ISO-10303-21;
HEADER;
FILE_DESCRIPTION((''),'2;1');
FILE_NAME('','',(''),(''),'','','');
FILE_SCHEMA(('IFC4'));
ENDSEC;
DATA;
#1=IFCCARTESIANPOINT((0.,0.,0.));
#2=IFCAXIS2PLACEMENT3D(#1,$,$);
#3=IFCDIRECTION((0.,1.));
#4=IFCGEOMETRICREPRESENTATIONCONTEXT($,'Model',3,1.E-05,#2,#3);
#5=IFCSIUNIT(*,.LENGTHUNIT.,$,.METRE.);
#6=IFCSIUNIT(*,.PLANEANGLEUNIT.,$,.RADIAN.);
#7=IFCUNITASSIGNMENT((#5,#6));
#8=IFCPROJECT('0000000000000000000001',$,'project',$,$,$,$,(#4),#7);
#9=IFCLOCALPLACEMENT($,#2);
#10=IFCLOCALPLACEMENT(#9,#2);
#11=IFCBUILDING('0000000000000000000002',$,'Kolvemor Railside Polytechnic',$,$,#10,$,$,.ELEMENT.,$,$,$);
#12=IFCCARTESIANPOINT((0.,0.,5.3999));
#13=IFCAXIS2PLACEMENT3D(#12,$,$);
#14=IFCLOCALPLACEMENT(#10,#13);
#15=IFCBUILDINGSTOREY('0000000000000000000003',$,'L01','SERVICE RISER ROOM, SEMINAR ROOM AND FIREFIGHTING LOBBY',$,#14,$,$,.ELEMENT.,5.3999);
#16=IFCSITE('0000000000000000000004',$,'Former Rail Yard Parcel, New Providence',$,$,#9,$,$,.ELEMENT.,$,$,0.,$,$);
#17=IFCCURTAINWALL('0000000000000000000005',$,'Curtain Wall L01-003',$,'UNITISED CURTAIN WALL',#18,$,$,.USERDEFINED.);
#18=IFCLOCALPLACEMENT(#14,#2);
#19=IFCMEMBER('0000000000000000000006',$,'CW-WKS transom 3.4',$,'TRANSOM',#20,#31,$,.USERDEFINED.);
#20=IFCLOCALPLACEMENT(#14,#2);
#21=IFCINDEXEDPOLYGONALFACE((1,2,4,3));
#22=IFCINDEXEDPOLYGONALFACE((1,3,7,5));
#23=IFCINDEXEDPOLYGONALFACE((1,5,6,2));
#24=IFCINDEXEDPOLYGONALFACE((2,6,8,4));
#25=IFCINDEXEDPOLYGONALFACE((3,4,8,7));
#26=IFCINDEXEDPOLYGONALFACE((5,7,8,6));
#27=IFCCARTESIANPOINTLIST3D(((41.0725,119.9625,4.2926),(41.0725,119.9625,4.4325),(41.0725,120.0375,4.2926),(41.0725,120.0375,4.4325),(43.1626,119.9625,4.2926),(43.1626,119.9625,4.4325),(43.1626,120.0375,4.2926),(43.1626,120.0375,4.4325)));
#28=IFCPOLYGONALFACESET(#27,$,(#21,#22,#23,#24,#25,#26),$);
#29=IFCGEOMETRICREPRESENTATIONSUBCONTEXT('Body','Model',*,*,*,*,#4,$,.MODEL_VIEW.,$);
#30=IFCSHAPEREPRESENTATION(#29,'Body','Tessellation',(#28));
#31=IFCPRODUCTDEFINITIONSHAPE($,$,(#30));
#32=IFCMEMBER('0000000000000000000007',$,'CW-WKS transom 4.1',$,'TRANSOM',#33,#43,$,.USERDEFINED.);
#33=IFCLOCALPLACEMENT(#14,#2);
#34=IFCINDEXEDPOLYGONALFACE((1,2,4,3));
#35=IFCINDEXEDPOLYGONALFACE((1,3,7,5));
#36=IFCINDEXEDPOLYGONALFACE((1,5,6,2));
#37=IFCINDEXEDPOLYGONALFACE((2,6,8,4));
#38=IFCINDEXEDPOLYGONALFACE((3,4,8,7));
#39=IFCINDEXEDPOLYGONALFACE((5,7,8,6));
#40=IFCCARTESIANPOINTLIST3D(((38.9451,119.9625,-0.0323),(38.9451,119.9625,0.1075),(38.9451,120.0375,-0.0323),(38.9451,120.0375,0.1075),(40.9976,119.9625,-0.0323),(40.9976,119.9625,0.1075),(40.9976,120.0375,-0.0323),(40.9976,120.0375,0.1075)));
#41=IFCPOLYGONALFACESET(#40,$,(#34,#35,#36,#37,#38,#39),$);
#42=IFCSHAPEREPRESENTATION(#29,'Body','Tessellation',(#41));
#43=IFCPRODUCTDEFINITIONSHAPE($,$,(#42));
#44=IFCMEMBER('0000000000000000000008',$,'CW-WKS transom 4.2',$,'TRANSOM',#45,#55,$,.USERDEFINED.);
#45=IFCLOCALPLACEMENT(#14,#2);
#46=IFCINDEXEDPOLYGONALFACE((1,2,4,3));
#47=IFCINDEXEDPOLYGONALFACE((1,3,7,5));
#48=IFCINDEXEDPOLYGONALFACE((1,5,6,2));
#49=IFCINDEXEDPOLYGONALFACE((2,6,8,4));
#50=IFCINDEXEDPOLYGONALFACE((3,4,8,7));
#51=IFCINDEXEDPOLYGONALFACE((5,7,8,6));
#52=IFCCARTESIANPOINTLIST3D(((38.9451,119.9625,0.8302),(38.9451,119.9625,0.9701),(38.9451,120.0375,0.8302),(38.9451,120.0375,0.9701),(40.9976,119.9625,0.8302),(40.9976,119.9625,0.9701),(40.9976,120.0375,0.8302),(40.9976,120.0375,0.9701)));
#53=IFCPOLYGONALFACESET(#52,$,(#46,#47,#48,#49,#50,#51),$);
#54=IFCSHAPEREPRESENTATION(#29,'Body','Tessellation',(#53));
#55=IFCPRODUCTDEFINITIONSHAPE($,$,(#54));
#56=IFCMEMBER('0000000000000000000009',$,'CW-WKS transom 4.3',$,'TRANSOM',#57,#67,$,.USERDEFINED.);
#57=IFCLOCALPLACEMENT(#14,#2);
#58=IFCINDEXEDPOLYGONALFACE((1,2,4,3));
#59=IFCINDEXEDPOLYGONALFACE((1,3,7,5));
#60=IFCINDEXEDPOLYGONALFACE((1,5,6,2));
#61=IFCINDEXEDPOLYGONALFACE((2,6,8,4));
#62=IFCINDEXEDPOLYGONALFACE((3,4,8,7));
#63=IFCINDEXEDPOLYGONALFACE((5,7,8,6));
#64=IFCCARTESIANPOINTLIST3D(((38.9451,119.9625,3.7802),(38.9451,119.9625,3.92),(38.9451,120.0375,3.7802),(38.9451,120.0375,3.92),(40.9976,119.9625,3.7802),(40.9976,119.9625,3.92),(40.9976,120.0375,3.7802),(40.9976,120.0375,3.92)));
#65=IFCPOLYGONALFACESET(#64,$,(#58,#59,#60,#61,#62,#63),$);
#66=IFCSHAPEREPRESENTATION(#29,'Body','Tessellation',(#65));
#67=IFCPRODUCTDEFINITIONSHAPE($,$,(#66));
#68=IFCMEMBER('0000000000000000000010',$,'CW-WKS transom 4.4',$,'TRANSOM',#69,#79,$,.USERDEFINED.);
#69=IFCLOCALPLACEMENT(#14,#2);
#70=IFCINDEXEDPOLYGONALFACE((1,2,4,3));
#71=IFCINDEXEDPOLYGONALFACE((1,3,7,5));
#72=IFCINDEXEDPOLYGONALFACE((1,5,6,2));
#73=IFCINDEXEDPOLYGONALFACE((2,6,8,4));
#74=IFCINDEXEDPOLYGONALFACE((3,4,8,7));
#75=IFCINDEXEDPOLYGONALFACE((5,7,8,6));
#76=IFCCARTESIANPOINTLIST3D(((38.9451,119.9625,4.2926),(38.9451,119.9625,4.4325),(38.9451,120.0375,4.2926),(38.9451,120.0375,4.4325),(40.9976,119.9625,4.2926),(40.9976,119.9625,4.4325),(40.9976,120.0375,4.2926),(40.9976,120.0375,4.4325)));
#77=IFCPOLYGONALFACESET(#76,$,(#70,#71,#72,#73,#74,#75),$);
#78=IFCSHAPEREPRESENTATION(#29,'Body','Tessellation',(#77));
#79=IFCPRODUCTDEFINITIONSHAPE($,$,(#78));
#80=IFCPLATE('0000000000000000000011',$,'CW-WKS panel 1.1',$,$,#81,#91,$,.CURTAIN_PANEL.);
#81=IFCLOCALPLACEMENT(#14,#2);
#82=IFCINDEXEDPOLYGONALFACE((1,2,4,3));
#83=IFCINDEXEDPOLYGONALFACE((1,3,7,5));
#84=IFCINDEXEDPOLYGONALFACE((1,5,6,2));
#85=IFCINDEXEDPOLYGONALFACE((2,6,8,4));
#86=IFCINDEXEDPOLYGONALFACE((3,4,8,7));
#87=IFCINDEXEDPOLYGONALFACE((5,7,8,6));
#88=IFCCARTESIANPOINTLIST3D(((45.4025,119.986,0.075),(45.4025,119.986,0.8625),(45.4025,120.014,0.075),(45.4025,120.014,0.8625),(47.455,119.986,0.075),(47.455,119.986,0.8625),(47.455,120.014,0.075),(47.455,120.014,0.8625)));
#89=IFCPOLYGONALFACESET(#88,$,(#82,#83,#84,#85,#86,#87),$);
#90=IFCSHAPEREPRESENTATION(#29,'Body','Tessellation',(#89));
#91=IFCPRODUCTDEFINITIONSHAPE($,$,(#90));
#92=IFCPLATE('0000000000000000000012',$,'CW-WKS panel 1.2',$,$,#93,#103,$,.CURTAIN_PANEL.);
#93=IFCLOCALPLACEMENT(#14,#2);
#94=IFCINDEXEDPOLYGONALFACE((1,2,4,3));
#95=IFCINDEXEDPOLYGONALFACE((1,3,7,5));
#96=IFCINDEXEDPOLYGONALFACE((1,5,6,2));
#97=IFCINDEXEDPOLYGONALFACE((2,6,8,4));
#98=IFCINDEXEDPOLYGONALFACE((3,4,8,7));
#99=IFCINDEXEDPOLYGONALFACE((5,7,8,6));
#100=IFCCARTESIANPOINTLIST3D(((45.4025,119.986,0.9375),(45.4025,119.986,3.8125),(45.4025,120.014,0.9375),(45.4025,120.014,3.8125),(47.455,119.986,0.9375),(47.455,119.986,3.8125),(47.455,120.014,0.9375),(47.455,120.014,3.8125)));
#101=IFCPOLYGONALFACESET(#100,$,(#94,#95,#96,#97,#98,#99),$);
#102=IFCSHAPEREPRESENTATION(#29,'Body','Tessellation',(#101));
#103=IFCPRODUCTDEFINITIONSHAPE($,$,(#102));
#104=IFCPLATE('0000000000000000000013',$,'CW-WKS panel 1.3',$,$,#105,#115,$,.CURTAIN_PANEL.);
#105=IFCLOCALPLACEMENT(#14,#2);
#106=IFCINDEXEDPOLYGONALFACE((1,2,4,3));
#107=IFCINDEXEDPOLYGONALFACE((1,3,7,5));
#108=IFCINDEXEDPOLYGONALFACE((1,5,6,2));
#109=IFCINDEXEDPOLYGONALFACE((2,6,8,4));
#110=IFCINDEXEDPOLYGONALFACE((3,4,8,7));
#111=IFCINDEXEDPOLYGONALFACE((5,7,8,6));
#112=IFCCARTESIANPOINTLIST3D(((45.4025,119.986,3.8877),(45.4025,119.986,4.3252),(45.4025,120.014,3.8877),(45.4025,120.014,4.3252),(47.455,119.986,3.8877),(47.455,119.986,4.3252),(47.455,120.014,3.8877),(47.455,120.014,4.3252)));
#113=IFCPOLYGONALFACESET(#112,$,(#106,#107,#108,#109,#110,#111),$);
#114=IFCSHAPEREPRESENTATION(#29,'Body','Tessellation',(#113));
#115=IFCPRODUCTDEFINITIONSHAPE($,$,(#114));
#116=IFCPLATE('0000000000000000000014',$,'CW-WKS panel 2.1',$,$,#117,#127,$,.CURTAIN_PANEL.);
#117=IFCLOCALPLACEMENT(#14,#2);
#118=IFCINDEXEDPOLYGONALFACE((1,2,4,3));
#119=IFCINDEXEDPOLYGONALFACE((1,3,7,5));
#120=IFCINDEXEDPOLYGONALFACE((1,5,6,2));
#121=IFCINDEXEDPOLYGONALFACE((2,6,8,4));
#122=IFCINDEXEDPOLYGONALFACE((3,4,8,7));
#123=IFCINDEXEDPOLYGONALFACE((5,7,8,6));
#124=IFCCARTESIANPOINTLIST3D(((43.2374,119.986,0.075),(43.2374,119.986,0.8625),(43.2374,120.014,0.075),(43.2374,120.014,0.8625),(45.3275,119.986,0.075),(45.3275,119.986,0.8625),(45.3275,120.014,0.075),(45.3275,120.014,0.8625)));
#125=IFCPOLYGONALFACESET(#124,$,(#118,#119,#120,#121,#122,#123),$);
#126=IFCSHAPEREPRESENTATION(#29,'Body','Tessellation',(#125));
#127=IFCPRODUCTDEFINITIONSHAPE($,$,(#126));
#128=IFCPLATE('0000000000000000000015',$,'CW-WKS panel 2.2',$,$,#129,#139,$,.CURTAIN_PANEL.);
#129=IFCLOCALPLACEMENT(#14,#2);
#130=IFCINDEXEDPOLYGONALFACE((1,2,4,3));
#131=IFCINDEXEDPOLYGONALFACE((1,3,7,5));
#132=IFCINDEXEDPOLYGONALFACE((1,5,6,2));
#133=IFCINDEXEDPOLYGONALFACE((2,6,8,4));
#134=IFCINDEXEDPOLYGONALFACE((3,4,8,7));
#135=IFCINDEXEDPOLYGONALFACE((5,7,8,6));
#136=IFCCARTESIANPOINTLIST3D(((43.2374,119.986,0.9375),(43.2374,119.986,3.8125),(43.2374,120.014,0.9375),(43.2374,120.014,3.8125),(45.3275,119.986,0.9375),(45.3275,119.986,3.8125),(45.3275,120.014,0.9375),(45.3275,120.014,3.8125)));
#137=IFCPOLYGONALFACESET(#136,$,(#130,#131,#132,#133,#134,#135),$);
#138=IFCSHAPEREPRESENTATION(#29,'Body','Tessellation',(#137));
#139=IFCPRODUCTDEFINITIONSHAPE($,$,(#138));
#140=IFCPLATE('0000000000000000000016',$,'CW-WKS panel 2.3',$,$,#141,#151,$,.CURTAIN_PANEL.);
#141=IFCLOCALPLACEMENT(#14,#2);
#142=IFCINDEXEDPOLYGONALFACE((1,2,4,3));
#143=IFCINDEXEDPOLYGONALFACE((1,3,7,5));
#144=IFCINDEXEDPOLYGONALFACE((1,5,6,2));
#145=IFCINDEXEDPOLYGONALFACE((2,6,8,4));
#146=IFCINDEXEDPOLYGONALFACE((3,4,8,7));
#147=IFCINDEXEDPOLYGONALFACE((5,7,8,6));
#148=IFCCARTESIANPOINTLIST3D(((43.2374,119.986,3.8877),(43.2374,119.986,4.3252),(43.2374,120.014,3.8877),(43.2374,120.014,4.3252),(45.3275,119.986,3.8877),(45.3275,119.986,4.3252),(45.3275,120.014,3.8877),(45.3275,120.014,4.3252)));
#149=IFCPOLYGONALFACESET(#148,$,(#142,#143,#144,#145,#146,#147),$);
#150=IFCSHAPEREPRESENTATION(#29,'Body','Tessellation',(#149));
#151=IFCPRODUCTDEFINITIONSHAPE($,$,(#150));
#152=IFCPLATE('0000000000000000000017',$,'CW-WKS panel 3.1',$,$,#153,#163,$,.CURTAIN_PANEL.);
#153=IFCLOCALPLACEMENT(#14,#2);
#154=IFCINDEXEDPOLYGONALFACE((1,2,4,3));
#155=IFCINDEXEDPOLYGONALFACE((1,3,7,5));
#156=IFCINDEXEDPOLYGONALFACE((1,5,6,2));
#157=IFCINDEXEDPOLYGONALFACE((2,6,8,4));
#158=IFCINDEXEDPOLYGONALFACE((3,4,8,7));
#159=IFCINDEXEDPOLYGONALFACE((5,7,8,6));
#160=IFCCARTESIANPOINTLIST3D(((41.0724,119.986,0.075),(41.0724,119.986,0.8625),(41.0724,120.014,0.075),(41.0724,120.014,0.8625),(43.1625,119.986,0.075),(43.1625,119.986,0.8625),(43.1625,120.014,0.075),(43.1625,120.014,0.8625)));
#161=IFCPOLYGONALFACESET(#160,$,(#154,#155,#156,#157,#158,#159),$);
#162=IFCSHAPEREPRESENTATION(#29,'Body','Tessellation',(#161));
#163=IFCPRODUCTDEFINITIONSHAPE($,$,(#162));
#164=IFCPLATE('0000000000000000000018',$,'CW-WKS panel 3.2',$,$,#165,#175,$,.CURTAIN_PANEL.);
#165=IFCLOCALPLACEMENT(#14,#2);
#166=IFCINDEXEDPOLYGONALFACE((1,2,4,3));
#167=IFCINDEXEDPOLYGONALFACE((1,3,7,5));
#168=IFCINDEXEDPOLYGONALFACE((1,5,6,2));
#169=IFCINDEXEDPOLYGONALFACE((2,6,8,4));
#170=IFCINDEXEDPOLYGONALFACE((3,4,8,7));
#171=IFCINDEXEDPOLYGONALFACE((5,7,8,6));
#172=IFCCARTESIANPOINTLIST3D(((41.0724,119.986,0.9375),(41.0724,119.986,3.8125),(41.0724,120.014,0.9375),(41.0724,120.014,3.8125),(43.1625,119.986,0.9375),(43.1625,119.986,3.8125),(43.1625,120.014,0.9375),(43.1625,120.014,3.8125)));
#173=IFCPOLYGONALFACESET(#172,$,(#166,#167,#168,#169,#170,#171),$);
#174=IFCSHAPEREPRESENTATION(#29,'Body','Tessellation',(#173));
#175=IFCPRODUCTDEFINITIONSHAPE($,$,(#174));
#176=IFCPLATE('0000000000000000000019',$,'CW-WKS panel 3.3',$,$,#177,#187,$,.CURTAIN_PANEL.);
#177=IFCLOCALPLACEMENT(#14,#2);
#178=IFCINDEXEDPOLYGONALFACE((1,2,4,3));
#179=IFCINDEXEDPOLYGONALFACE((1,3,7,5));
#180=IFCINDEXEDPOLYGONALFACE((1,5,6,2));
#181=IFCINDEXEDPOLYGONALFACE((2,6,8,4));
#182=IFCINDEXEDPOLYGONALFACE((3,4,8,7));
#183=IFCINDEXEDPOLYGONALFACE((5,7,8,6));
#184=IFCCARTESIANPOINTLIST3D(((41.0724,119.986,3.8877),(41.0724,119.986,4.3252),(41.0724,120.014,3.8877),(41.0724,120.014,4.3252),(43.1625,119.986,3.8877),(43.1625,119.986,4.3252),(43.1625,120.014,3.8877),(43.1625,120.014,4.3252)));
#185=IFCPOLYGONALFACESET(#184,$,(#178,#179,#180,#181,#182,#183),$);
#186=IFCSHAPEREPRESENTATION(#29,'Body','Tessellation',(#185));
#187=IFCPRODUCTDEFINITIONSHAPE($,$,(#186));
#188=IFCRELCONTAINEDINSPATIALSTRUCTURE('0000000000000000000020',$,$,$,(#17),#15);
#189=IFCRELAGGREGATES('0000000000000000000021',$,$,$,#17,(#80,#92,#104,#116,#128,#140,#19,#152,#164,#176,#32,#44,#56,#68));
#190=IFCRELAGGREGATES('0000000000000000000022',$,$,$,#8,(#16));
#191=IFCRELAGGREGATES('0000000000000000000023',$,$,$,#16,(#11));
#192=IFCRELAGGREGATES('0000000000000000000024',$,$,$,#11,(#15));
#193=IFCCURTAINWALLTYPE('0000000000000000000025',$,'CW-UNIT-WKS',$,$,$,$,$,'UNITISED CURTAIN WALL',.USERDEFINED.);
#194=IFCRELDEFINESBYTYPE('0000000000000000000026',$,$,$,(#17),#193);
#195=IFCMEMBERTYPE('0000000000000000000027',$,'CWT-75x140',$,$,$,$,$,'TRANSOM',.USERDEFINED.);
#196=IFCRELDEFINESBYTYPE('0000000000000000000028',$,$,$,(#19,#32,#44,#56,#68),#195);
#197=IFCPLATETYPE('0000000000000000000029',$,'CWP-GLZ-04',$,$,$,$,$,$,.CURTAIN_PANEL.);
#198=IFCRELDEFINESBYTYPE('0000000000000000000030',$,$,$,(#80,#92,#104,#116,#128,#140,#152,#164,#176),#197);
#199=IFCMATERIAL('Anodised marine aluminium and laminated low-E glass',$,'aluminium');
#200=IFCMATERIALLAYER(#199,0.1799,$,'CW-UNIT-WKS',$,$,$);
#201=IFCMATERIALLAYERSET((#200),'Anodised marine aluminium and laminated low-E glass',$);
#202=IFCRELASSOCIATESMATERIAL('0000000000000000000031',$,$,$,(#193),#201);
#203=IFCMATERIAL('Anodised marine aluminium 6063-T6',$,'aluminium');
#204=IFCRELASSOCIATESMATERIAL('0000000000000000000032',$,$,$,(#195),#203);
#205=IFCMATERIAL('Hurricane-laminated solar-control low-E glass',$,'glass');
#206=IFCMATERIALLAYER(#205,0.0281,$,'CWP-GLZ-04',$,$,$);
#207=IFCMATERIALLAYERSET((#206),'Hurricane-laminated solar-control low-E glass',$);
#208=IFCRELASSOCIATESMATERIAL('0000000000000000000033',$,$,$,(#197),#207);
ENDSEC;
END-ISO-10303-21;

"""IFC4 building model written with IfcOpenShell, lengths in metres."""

from ifc_helpers import new_model, si_unit, direction, frame, origin, origin_2d, place, context, subcontext, project, spatial, rectangle, extrude, material, layer, layer_set, material_profile, profile_set, type_object, element, aggregate, save


model = new_model("IFC4")

# Units and contexts
model_context = context("Model", 3, precision=1e-05, world=origin(), true_north=direction((0.0, 1.0)))
body_context = subcontext(model_context, "Body", "Model", "MODEL_VIEW")
ifc_project = project(units=[si_unit("LENGTHUNIT", "METRE"), si_unit("PLANEANGLEUNIT", "RADIAN")], contexts=[model_context])

# Site, building, storey
site_placement = place(None, origin())
site = spatial("IfcSite", under=ifc_project, at=site_placement, Name="Former Rail Yard Parcel, New Providence", CompositionType="ELEMENT", RefElevation=0.0)
building_placement = place(site_placement, origin())
building = spatial("IfcBuilding", under=site, at=building_placement, Name="Kolvemor Railside Polytechnic", CompositionType="ELEMENT")
storey_placement = place(building_placement, frame((0.0, 0.0, 5.3999)))
storey = spatial("IfcBuildingStorey", under=building, at=storey_placement, Name="L01", Description="SERVICE RISER ROOM, SEMINAR ROOM AND FIREFIGHTING LOBBY", CompositionType="ELEMENT", Elevation=5.3999)

# Curtain wall, members, plates
ifc_material_1 = material(Name="Anodised marine aluminium and laminated low-E glass", Category="aluminium")
ifc_layer_1 = layer(ifc_material_1, 0.1799, Name="CW-UNIT-WKS")
ifc_layer_set_1 = layer_set([ifc_layer_1], Name="Anodised marine aluminium and laminated low-E glass")
curtain_wall_type = type_object("IfcCurtainWallType", Name="CW-UNIT-WKS", ElementType="UNITISED CURTAIN WALL", PredefinedType="USERDEFINED", material=ifc_layer_set_1)
curtain_wall_placement = place(storey_placement, origin())
curtain_wall = element("IfcCurtainWall", 1, at=curtain_wall_placement, inside=storey, type_object=curtain_wall_type, Name="Curtain Wall L01-003", ObjectType="UNITISED CURTAIN WALL", PredefinedType="USERDEFINED")
ifc_material_2 = material(Name="Anodised marine aluminium 6063-T6", Category="aluminium")
ifc_material_profile_1 = material_profile(ifc_material_2, rectangle(XDim=0.075, YDim=0.1399, at=origin_2d()), Name="CW-TRN-75x140")
ifc_profile_set_1 = profile_set([ifc_material_profile_1], Name="Anodised marine aluminium 6063-T6")
member_type_1 = type_object("IfcMemberType", Name="CWT-75x140", ElementType="TRANSOM", PredefinedType="USERDEFINED", material=ifc_profile_set_1)
member_1_placement = place(storey_placement, frame((43.1626, 120.0, 4.3625), z_axis=(-1.0, 0.0, 0.0), x_axis=(0.0, -1.0, 0.0)))
member_1 = element("IfcMember", 2, at=member_1_placement, type_object=member_type_1, Name="CW-WKS transom 3.4", ObjectType="TRANSOM", PredefinedType="USERDEFINED", context=body_context, shape_type="SweptSolid", body=[
    extrude(rectangle(XDim=0.075, YDim=0.1399, at=origin_2d()), origin(), (0.0, 0.0, 1.0), 2.0901),
])
member_2_placement = place(storey_placement, frame((40.9976, 120.0, 0.0376), z_axis=(-1.0, 0.0, 0.0), x_axis=(0.0, -1.0, 0.0)))
member_2 = element("IfcMember", 3, at=member_2_placement, type_object=member_type_1, Name="CW-WKS transom 4.1", ObjectType="TRANSOM", PredefinedType="USERDEFINED", context=body_context, shape_type="SweptSolid", body=[
    extrude(rectangle(XDim=0.075, YDim=0.1399, at=origin_2d()), origin(), (0.0, 0.0, 1.0), 2.0525),
])
member_3_placement = place(storey_placement, frame((40.9976, 120.0, 0.9001), z_axis=(-1.0, 0.0, 0.0), x_axis=(0.0, -1.0, 0.0)))
member_3 = element("IfcMember", 4, at=member_3_placement, type_object=member_type_1, Name="CW-WKS transom 4.2", ObjectType="TRANSOM", PredefinedType="USERDEFINED", context=body_context, shape_type="SweptSolid", body=[
    extrude(rectangle(XDim=0.075, YDim=0.1399, at=origin_2d()), origin(), (0.0, 0.0, 1.0), 2.0525),
])
member_4_placement = place(storey_placement, frame((40.9976, 120.0, 3.8501), z_axis=(-1.0, 0.0, 0.0), x_axis=(0.0, -1.0, 0.0)))
member_4 = element("IfcMember", 5, at=member_4_placement, type_object=member_type_1, Name="CW-WKS transom 4.3", ObjectType="TRANSOM", PredefinedType="USERDEFINED", context=body_context, shape_type="SweptSolid", body=[
    extrude(rectangle(XDim=0.075, YDim=0.1399, at=origin_2d()), origin(), (0.0, 0.0, 1.0), 2.0525),
])
member_5_placement = place(storey_placement, frame((40.9976, 120.0, 4.3625), z_axis=(-1.0, 0.0, 0.0), x_axis=(0.0, -1.0, 0.0)))
member_5 = element("IfcMember", 6, at=member_5_placement, type_object=member_type_1, Name="CW-WKS transom 4.4", ObjectType="TRANSOM", PredefinedType="USERDEFINED", context=body_context, shape_type="SweptSolid", body=[
    extrude(rectangle(XDim=0.075, YDim=0.1399, at=origin_2d()), origin(), (0.0, 0.0, 1.0), 2.0525),
])
ifc_material_3 = material(Name="Hurricane-laminated solar-control low-E glass", Category="glass")
ifc_layer_2 = layer(ifc_material_3, 0.0281, Name="CWP-GLZ-04")
ifc_layer_set_2 = layer_set([ifc_layer_2], Name="Hurricane-laminated solar-control low-E glass")
plate_type = type_object("IfcPlateType", Name="CWP-GLZ-04", PredefinedType="CURTAIN_PANEL", material=ifc_layer_set_2)
plate_1_placement = place(storey_placement, frame((46.4287, 120.0, 0.075), z_axis=(0.0, 0.0, 1.0), x_axis=(-1.0, 0.0, 0.0)))
plate_1 = element("IfcPlate", 7, at=plate_1_placement, type_object=plate_type, Name="CW-WKS panel 1.1", PredefinedType="CURTAIN_PANEL", context=body_context, shape_type="SweptSolid", body=[
    extrude(rectangle(XDim=2.0525, YDim=0.0281, at=origin_2d()), origin(), (0.0, 0.0, 1.0), 0.7876),
])
plate_2_placement = place(storey_placement, frame((46.4287, 120.0, 0.9375), z_axis=(0.0, 0.0, 1.0), x_axis=(-1.0, 0.0, 0.0)))
plate_2 = element("IfcPlate", 8, at=plate_2_placement, type_object=plate_type, Name="CW-WKS panel 1.2", PredefinedType="CURTAIN_PANEL", context=body_context, shape_type="SweptSolid", body=[
    extrude(rectangle(XDim=2.0525, YDim=0.0281, at=origin_2d()), origin(), (0.0, 0.0, 1.0), 2.875),
])
plate_3_placement = place(storey_placement, frame((46.4287, 120.0, 3.8877), z_axis=(0.0, 0.0, 1.0), x_axis=(-1.0, 0.0, 0.0)))
plate_3 = element("IfcPlate", 9, at=plate_3_placement, type_object=plate_type, Name="CW-WKS panel 1.3", PredefinedType="CURTAIN_PANEL", context=body_context, shape_type="SweptSolid", body=[
    extrude(rectangle(XDim=2.0525, YDim=0.0281, at=origin_2d()), origin(), (0.0, 0.0, 1.0), 0.4375),
])
plate_4_placement = place(storey_placement, frame((44.2825, 120.0, 0.075), z_axis=(0.0, 0.0, 1.0), x_axis=(-1.0, 0.0, 0.0)))
plate_4 = element("IfcPlate", 10, at=plate_4_placement, type_object=plate_type, Name="CW-WKS panel 2.1", PredefinedType="CURTAIN_PANEL", context=body_context, shape_type="SweptSolid", body=[
    extrude(rectangle(XDim=2.0901, YDim=0.0281, at=origin_2d()), origin(), (0.0, 0.0, 1.0), 0.7876),
])
plate_5_placement = place(storey_placement, frame((44.2825, 120.0, 0.9375), z_axis=(0.0, 0.0, 1.0), x_axis=(-1.0, 0.0, 0.0)))
plate_5 = element("IfcPlate", 11, at=plate_5_placement, type_object=plate_type, Name="CW-WKS panel 2.2", PredefinedType="CURTAIN_PANEL", context=body_context, shape_type="SweptSolid", body=[
    extrude(rectangle(XDim=2.0901, YDim=0.0281, at=origin_2d()), origin(), (0.0, 0.0, 1.0), 2.875),
])
plate_6_placement = place(storey_placement, frame((44.2825, 120.0, 3.8877), z_axis=(0.0, 0.0, 1.0), x_axis=(-1.0, 0.0, 0.0)))
plate_6 = element("IfcPlate", 12, at=plate_6_placement, type_object=plate_type, Name="CW-WKS panel 2.3", PredefinedType="CURTAIN_PANEL", context=body_context, shape_type="SweptSolid", body=[
    extrude(rectangle(XDim=2.0901, YDim=0.0281, at=origin_2d()), origin(), (0.0, 0.0, 1.0), 0.4375),
])
plate_7_placement = place(storey_placement, frame((42.1174, 120.0, 0.075), z_axis=(0.0, 0.0, 1.0), x_axis=(-1.0, 0.0, 0.0)))
plate_7 = element("IfcPlate", 13, at=plate_7_placement, type_object=plate_type, Name="CW-WKS panel 3.1", PredefinedType="CURTAIN_PANEL", context=body_context, shape_type="SweptSolid", body=[
    extrude(rectangle(XDim=2.0901, YDim=0.0281, at=origin_2d()), origin(), (0.0, 0.0, 1.0), 0.7876),
])
plate_8_placement = place(storey_placement, frame((42.1174, 120.0, 0.9375), z_axis=(0.0, 0.0, 1.0), x_axis=(-1.0, 0.0, 0.0)))
plate_8 = element("IfcPlate", 14, at=plate_8_placement, type_object=plate_type, Name="CW-WKS panel 3.2", PredefinedType="CURTAIN_PANEL", context=body_context, shape_type="SweptSolid", body=[
    extrude(rectangle(XDim=2.0901, YDim=0.0281, at=origin_2d()), origin(), (0.0, 0.0, 1.0), 2.875),
])
plate_9_placement = place(storey_placement, frame((42.1174, 120.0, 3.8877), z_axis=(0.0, 0.0, 1.0), x_axis=(-1.0, 0.0, 0.0)))
plate_9 = element("IfcPlate", 15, at=plate_9_placement, type_object=plate_type, Name="CW-WKS panel 3.3", PredefinedType="CURTAIN_PANEL", context=body_context, shape_type="SweptSolid", body=[
    extrude(rectangle(XDim=2.0901, YDim=0.0281, at=origin_2d()), origin(), (0.0, 0.0, 1.0), 0.4375),
])
aggregate(curtain_wall, [plate_1, plate_2, plate_3, plate_4, plate_5, plate_6, member_1, plate_7, plate_8, plate_9, member_2, member_3, member_4, member_5])

save(model, "model.ifc")
